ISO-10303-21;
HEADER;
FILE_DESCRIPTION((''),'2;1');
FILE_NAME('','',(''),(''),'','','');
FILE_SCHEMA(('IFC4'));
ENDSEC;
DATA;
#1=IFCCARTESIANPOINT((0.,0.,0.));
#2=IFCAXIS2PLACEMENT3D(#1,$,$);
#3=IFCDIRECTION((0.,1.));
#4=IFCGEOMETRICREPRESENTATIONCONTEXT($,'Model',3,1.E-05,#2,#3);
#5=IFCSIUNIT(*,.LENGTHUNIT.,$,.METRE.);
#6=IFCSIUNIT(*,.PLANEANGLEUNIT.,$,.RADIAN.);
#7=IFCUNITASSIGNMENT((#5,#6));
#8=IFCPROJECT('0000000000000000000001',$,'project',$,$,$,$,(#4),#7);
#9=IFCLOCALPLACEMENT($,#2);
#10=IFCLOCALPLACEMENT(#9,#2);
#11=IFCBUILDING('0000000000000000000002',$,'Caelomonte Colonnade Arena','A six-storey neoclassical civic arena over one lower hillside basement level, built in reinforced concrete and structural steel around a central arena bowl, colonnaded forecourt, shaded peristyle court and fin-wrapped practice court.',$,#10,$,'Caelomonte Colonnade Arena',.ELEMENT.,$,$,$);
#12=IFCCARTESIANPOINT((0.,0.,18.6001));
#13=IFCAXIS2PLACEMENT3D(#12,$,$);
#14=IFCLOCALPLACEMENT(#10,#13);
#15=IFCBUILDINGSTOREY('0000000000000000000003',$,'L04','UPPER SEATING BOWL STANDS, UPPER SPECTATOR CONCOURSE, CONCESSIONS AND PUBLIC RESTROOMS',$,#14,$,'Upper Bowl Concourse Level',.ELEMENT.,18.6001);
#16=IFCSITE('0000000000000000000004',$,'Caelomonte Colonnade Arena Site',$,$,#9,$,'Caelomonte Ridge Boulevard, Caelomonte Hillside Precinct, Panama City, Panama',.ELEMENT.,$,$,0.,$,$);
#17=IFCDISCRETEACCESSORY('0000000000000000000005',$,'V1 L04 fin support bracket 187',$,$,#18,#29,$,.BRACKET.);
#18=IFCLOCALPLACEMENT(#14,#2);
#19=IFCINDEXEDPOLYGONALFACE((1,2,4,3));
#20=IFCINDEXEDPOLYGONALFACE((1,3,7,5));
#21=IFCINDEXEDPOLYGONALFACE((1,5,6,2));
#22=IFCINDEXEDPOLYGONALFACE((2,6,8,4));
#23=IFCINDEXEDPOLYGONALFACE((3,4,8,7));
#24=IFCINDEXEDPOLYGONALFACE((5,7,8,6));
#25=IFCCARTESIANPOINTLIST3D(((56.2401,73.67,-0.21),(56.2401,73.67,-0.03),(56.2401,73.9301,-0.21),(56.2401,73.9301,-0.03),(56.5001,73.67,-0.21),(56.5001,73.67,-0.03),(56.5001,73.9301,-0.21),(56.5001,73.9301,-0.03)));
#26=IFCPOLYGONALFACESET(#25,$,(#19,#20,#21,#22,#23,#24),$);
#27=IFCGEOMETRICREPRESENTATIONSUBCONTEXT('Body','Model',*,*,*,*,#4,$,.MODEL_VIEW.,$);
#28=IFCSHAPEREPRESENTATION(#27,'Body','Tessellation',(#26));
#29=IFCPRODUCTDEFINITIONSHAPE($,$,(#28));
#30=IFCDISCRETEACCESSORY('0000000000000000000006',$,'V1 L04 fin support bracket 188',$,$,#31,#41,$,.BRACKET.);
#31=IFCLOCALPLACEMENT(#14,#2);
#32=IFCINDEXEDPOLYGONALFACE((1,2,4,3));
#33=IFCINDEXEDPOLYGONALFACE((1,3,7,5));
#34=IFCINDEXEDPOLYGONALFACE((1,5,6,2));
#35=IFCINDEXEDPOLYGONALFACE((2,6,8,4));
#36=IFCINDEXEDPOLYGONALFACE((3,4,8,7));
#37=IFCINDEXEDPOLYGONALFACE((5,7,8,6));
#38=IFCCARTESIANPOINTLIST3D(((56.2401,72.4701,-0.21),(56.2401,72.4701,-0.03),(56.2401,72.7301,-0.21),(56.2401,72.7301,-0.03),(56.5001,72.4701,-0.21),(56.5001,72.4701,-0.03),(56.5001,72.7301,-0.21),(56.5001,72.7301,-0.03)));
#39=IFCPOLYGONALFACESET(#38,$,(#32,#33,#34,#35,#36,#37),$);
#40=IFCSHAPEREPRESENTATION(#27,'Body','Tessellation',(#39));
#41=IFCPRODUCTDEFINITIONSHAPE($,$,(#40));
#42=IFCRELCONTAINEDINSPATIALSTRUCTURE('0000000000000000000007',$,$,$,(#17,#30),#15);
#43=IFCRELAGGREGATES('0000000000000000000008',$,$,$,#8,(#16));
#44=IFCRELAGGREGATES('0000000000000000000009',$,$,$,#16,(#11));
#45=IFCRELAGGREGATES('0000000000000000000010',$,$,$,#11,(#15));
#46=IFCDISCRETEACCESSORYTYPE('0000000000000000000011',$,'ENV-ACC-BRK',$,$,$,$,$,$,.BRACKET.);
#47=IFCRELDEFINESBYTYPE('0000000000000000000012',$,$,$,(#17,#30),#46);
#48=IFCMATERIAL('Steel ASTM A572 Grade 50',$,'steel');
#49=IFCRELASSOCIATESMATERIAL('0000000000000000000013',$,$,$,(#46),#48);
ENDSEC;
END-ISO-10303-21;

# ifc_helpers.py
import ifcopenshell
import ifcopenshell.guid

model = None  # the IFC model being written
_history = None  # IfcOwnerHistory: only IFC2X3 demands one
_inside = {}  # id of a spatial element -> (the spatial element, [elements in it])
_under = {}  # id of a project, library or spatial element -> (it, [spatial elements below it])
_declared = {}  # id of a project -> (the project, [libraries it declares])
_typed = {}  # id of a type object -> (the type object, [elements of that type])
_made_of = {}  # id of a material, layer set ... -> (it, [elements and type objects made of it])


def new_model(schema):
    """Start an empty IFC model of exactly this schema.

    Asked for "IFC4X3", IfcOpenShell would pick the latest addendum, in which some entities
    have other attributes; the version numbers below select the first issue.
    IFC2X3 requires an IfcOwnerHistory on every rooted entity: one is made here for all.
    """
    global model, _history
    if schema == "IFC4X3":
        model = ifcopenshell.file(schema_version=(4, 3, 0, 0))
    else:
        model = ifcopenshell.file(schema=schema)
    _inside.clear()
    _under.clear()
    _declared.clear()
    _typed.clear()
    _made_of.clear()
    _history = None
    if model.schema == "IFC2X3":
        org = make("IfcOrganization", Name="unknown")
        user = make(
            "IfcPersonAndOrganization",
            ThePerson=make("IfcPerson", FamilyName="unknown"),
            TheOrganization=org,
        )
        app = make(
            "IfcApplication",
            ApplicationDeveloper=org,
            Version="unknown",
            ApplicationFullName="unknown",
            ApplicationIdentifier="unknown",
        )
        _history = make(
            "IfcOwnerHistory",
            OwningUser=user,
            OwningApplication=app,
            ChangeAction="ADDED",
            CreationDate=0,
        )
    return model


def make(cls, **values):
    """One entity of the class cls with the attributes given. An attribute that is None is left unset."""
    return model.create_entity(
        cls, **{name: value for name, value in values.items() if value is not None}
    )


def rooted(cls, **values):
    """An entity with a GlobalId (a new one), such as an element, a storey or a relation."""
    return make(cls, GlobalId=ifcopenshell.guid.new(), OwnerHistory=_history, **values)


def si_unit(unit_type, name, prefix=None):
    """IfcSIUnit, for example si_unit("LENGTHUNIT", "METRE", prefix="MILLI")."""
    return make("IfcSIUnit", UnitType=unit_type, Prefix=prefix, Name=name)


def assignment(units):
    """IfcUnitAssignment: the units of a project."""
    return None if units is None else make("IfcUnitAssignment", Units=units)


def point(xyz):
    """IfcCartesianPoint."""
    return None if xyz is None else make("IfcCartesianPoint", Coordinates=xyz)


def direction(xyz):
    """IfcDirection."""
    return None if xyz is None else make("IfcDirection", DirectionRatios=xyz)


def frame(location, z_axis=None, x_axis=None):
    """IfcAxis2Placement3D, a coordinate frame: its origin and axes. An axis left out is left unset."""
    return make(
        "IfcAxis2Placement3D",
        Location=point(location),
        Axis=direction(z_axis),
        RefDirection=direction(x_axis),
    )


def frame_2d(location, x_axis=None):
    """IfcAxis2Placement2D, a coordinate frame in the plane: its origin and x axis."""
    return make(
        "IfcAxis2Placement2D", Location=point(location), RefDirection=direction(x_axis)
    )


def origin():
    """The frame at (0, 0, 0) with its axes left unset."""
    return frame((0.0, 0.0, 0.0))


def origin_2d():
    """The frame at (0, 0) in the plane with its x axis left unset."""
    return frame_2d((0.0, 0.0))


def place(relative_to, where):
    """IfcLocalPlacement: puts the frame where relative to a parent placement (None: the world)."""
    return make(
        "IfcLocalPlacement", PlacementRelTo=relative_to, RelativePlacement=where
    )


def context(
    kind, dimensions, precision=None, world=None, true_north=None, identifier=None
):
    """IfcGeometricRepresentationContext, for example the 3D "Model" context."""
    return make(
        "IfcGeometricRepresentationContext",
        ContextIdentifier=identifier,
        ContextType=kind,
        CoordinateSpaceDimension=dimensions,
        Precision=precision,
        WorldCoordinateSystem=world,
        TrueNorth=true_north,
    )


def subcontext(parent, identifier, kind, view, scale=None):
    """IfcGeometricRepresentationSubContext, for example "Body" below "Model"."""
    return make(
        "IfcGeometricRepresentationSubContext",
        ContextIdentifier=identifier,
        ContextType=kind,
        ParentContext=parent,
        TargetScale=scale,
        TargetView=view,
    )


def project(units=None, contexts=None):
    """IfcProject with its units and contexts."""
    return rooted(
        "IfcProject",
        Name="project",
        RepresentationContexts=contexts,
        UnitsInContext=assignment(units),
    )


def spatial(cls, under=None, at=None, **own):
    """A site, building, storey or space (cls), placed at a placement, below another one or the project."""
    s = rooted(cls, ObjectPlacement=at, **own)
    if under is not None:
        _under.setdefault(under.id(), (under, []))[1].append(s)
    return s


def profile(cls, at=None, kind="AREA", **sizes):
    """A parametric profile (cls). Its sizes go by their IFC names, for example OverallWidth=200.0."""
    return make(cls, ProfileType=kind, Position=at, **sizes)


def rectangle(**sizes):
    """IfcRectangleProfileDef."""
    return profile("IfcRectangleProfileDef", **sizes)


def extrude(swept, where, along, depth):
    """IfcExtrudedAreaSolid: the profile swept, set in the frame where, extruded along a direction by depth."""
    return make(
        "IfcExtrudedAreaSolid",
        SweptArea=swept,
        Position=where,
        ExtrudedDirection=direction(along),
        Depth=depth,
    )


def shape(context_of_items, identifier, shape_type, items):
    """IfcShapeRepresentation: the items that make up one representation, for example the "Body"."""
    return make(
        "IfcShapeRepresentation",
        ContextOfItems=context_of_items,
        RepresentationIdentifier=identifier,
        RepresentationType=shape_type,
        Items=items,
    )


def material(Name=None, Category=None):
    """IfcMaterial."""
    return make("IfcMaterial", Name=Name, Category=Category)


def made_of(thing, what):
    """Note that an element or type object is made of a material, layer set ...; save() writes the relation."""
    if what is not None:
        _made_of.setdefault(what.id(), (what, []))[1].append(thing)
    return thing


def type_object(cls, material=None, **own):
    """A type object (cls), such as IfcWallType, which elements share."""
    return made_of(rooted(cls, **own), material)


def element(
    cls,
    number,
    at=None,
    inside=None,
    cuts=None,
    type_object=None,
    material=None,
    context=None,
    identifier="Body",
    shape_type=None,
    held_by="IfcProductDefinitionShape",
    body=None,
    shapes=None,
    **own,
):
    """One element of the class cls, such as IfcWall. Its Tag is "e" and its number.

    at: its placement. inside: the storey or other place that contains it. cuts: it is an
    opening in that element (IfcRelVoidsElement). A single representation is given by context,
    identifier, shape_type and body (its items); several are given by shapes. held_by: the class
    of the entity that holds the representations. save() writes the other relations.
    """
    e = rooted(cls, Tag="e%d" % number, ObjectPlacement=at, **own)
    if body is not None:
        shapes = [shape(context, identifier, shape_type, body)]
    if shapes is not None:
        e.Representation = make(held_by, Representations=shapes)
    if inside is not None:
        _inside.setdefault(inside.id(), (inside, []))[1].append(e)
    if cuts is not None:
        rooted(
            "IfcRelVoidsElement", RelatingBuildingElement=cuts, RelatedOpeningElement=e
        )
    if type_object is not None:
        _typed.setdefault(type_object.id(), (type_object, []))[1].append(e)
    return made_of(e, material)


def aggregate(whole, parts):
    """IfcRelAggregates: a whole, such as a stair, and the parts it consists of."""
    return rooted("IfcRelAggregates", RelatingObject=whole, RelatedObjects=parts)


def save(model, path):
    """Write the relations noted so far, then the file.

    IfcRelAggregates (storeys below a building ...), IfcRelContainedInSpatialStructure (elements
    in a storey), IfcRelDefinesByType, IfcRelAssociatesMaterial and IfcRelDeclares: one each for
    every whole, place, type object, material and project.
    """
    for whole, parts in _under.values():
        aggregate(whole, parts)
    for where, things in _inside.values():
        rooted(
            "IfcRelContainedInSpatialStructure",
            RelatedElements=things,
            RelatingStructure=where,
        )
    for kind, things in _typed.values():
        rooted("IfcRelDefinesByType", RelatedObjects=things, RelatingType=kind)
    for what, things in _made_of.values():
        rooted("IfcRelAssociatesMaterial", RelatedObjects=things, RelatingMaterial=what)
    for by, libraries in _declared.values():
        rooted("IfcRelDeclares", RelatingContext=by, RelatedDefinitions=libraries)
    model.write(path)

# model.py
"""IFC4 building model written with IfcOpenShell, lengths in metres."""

from ifc_helpers import new_model, si_unit, direction, frame, origin, origin_2d, place, context, subcontext, project, spatial, rectangle, extrude, material, type_object, element, save


model = new_model("IFC4")

# Units and contexts
model_context = context("Model", 3, precision=1e-05, world=origin(), true_north=direction((0.0, 1.0)))
body_context = subcontext(model_context, "Body", "Model", "MODEL_VIEW")
ifc_project = project(units=[si_unit("LENGTHUNIT", "METRE"), si_unit("PLANEANGLEUNIT", "RADIAN")], contexts=[model_context])

# Site, building, storey
site_placement = place(None, origin())
site = spatial("IfcSite", under=ifc_project, at=site_placement, Name="Caelomonte Colonnade Arena Site", LongName="Caelomonte Ridge Boulevard, Caelomonte Hillside Precinct, Panama City, Panama", CompositionType="ELEMENT", RefElevation=0.0)
building_placement = place(site_placement, origin())
building = spatial("IfcBuilding", under=site, at=building_placement, Name="Caelomonte Colonnade Arena", Description="A six-storey neoclassical civic arena over one lower hillside basement level, built in reinforced concrete and structural steel around a central arena bowl, colonnaded forecourt, shaded peristyle court and fin-wrapped practice court.", LongName="Caelomonte Colonnade Arena", CompositionType="ELEMENT")
storey_placement = place(building_placement, frame((0.0, 0.0, 18.6001)))
storey = spatial("IfcBuildingStorey", under=building, at=storey_placement, Name="L04", Description="UPPER SEATING BOWL STANDS, UPPER SPECTATOR CONCOURSE, CONCESSIONS AND PUBLIC RESTROOMS", LongName="Upper Bowl Concourse Level", CompositionType="ELEMENT", Elevation=18.6001)

# Discrete accessories
ifc_material_1 = material(Name="Steel ASTM A572 Grade 50", Category="steel")
discrete_accessory_type = type_object("IfcDiscreteAccessoryType", Name="ENV-ACC-BRK", PredefinedType="BRACKET", material=ifc_material_1)
for number, where, z_axis, x_axis, name in (
    (1, (56.3701, 73.8, -0.21), (0.0, 0.0, 1.0), (0.0, -1.0, 0.0), "V1 L04 fin support bracket 187"),
    (2, (56.3701, 72.6001, -0.21), (0.0, 0.0, 1.0), (0.0, -1.0, 0.0), "V1 L04 fin support bracket 188"),
):
    element("IfcDiscreteAccessory", number, at=place(storey_placement, frame(where, z_axis=z_axis, x_axis=x_axis)), inside=storey, type_object=discrete_accessory_type, Name=name, PredefinedType="BRACKET", context=body_context, shape_type="SweptSolid", body=[
        extrude(rectangle(XDim=0.26, YDim=0.26, at=origin_2d()), origin(), (0.0, 0.0, 1.0), 0.1799),
    ])

save(model, "model.ifc")
